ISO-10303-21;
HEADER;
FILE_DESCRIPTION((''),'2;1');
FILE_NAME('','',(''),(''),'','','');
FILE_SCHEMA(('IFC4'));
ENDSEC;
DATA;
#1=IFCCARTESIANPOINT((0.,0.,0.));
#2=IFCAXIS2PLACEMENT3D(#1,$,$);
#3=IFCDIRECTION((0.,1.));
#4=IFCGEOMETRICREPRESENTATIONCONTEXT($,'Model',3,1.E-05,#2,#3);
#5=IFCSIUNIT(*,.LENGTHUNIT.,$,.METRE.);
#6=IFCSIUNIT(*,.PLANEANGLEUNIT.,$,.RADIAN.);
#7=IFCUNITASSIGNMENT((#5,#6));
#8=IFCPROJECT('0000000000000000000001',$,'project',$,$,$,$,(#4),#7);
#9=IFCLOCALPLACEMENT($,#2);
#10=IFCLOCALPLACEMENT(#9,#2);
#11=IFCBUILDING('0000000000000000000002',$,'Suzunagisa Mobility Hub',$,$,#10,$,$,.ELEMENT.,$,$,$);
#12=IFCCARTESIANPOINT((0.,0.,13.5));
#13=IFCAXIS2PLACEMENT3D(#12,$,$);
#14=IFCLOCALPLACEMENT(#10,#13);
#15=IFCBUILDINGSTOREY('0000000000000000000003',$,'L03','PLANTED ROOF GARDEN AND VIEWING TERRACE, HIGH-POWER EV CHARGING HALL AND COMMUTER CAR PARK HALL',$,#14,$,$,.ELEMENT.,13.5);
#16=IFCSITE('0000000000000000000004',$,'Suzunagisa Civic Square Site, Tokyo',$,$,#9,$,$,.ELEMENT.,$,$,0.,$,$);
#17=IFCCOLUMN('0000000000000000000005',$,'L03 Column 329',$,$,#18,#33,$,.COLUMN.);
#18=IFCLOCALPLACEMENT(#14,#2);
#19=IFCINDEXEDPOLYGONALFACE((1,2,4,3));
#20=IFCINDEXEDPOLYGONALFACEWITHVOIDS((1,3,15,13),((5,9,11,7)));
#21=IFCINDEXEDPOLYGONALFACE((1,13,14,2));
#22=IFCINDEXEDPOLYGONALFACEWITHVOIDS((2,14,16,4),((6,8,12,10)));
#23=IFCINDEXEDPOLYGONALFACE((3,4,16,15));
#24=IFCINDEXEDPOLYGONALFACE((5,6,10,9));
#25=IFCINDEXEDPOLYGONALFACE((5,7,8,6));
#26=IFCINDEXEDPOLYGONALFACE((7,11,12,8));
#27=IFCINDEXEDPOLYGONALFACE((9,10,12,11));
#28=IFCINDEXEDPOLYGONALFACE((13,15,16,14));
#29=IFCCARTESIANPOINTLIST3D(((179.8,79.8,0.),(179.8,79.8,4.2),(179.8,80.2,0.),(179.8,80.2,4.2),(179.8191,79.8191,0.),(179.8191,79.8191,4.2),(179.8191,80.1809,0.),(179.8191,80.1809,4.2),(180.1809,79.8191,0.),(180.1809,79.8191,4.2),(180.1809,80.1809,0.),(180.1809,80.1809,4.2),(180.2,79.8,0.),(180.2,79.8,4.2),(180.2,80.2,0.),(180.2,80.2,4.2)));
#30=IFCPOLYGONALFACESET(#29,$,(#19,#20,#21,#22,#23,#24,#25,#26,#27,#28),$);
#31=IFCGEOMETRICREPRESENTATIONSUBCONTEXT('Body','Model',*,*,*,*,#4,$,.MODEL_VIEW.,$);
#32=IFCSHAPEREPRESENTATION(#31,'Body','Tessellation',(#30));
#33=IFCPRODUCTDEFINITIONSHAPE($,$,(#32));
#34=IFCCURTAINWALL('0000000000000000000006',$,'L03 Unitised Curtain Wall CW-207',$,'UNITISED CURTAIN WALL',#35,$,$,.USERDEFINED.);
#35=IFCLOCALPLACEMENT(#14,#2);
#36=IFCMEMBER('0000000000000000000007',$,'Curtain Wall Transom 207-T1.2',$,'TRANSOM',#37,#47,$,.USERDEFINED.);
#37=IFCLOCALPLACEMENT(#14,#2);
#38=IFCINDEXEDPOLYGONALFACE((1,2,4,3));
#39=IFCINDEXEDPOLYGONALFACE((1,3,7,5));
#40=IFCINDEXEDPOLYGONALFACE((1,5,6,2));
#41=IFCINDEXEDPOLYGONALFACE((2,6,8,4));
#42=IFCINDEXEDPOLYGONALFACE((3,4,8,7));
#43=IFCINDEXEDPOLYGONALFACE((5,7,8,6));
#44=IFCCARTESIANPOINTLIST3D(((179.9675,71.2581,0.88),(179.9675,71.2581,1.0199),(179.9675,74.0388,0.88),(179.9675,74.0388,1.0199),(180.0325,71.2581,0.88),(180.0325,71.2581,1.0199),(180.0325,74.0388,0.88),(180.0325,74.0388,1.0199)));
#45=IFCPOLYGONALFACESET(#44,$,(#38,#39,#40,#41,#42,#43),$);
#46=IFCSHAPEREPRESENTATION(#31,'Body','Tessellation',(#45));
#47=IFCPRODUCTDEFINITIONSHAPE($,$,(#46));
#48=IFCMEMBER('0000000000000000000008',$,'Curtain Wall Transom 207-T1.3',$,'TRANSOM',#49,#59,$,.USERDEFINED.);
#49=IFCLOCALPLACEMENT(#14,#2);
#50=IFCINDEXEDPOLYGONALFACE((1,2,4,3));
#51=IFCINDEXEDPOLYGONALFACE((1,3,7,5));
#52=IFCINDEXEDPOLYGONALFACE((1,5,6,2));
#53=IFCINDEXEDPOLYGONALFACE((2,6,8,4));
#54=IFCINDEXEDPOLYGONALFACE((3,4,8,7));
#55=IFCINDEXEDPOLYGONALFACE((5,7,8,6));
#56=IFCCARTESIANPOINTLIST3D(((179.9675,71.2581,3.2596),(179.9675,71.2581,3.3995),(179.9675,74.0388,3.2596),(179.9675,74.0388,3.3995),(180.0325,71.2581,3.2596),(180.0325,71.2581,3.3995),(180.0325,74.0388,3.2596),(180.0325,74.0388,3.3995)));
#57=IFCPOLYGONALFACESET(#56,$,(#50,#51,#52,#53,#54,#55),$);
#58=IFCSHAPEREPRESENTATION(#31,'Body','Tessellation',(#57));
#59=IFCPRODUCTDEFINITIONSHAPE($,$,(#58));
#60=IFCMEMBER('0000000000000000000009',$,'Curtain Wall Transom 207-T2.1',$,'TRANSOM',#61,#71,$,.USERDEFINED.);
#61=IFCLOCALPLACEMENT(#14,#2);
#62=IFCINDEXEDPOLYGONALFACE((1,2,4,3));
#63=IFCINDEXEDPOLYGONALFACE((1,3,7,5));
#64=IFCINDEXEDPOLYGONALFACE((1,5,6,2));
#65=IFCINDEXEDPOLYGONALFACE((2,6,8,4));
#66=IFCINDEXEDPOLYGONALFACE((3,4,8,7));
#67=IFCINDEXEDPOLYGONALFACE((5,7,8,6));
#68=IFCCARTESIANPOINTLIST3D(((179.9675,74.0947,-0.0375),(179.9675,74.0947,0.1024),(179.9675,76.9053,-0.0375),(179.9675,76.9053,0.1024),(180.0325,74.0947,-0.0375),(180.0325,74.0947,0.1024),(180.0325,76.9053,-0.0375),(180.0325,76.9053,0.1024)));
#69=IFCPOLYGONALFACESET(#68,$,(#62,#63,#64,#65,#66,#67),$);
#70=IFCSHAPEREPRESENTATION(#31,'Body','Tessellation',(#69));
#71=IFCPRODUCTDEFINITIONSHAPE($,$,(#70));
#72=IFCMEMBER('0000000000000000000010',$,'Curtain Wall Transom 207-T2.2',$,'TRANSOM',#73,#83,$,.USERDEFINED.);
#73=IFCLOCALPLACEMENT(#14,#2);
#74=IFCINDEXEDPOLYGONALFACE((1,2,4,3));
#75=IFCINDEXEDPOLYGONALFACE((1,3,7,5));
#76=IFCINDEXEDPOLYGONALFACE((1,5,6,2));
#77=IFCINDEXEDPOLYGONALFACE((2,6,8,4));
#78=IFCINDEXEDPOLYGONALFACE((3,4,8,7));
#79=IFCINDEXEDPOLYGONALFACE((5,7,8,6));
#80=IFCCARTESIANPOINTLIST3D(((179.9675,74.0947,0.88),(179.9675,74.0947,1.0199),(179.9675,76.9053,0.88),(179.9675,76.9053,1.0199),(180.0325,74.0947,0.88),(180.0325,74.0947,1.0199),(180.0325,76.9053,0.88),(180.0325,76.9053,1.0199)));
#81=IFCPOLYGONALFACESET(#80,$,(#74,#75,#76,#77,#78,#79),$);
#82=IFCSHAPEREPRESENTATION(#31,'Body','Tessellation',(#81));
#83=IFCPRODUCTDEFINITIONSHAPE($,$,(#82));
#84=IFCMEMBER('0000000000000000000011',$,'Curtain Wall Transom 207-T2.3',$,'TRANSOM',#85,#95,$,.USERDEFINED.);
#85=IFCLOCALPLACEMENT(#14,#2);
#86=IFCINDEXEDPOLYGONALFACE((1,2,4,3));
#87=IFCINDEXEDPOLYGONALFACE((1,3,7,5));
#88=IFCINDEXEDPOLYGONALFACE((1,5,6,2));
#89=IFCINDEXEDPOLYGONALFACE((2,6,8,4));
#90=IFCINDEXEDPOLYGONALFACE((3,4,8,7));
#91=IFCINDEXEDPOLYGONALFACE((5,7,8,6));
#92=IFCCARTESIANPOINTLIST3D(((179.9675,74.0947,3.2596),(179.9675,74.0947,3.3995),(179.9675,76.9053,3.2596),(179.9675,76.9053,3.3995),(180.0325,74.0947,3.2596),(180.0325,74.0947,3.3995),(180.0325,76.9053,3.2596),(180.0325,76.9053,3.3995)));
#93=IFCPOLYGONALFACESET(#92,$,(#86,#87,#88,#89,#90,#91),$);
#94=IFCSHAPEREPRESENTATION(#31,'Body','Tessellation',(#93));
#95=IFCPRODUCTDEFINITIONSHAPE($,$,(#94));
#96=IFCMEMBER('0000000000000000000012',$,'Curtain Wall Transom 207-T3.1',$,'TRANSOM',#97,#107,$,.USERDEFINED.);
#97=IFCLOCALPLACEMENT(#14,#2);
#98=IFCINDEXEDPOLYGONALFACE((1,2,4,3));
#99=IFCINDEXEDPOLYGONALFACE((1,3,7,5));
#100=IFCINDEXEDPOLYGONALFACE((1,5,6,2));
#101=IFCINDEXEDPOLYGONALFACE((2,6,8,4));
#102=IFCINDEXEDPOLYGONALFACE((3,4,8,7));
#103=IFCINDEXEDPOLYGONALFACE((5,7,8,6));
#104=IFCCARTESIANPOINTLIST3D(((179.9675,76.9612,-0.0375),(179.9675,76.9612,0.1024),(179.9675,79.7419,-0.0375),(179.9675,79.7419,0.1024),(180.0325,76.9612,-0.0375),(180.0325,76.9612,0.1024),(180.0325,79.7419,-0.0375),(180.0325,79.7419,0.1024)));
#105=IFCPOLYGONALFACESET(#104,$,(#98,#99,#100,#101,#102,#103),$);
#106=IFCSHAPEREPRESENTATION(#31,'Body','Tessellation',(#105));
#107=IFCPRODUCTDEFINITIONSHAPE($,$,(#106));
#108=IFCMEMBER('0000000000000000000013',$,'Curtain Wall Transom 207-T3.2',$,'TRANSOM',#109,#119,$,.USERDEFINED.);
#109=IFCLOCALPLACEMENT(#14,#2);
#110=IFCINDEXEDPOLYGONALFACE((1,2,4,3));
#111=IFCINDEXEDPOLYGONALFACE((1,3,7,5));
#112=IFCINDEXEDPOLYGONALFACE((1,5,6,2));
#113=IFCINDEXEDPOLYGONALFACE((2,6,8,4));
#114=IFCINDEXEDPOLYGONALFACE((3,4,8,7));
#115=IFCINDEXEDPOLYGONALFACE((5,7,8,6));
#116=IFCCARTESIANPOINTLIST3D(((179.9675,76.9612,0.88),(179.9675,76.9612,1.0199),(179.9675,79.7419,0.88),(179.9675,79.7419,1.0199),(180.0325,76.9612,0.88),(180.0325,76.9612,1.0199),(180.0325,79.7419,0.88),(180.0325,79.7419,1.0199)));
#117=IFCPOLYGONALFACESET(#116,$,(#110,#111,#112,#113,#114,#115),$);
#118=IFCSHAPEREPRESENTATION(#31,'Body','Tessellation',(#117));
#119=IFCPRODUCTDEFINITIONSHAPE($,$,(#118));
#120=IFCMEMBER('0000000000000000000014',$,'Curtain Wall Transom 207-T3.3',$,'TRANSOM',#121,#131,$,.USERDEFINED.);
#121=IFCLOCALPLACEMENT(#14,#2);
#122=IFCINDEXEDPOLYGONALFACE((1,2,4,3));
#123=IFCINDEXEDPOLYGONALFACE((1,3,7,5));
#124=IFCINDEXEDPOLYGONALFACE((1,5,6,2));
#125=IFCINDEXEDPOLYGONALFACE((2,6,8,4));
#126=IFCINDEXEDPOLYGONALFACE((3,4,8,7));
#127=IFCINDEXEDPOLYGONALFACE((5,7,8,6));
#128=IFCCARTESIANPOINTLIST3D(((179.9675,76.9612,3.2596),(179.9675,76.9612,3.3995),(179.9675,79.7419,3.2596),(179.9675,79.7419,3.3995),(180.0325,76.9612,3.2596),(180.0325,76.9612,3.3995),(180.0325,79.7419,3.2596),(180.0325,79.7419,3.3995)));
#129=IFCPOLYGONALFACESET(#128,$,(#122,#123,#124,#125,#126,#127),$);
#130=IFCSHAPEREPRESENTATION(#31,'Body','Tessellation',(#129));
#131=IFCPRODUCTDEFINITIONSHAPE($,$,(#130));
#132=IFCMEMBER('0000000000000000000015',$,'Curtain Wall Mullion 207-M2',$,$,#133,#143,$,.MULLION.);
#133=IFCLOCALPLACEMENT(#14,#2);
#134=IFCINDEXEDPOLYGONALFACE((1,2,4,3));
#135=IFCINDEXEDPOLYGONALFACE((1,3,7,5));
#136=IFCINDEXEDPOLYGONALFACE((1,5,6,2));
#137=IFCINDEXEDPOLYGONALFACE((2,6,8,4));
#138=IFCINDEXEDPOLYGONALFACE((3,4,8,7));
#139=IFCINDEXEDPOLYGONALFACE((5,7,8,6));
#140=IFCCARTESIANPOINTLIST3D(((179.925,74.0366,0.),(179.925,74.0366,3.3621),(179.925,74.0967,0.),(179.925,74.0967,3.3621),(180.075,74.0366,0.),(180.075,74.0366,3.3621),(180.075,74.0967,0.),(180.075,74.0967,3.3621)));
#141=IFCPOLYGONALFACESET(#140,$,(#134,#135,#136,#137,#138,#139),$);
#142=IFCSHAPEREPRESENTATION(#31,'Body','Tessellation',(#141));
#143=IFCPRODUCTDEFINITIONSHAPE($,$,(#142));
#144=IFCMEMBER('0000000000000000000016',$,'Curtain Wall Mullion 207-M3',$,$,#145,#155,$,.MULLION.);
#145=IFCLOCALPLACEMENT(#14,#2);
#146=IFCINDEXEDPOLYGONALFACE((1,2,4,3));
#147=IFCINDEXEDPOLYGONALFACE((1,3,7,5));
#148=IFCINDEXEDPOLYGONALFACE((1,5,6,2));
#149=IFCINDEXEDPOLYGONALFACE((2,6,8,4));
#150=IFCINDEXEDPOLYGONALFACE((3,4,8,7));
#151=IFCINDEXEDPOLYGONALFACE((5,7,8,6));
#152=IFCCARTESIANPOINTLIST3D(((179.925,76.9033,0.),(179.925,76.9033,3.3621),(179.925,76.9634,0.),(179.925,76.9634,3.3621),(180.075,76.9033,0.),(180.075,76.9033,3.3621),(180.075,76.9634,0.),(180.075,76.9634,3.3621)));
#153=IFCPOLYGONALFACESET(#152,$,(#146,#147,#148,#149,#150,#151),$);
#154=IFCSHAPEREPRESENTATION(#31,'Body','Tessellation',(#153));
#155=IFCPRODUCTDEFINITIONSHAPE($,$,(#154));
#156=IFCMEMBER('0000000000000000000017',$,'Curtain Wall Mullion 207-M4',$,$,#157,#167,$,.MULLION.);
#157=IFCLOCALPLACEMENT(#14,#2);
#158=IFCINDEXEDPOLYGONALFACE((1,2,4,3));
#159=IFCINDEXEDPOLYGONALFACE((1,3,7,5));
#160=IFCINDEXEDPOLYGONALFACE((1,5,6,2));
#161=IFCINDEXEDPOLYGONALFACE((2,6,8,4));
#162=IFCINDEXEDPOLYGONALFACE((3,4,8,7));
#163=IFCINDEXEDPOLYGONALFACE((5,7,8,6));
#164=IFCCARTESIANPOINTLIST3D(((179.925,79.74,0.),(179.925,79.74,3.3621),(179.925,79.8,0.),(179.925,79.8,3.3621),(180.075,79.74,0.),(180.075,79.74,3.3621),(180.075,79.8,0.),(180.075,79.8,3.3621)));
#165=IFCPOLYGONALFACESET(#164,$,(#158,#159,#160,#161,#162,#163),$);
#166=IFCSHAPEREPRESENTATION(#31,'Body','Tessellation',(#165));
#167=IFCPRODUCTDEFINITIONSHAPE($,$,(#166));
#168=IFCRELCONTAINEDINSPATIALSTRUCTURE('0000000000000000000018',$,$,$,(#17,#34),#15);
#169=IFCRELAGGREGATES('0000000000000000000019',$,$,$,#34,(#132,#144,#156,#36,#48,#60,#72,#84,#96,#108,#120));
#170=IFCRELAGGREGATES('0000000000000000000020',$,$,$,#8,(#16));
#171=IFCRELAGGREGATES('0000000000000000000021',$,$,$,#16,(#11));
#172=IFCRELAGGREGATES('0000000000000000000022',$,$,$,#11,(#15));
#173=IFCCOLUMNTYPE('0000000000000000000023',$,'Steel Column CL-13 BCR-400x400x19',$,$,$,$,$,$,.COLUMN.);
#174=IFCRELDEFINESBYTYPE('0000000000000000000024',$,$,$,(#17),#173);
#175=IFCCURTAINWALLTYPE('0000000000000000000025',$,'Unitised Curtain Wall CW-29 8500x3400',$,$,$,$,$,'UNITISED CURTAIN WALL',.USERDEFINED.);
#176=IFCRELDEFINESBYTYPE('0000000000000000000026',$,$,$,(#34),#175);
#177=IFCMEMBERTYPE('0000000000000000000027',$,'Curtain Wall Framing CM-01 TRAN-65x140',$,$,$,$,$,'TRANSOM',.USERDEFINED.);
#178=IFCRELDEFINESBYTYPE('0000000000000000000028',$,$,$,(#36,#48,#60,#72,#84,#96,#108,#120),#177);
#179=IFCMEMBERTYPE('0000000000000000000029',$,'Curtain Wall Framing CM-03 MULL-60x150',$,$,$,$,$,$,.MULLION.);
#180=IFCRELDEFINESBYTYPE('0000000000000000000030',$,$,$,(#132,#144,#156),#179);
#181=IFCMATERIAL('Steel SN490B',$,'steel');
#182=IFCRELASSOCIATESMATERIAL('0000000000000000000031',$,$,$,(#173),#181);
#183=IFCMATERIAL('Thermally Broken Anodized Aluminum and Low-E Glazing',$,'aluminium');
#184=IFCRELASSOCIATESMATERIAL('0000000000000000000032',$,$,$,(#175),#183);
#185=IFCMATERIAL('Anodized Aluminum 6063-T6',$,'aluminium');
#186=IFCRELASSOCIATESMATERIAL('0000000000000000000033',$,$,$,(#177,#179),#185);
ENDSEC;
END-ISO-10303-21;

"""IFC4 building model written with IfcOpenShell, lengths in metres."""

from ifc_helpers import new_model, si_unit, direction, frame, origin, origin_2d, place, context, subcontext, project, spatial, rectangle, hollow_rectangle, extrude, material, material_profile, profile_set, type_object, element, aggregate, save


model = new_model("IFC4")

# Units and contexts
model_context = context("Model", 3, precision=1e-05, world=origin(), true_north=direction((0.0, 1.0)))
body_context = subcontext(model_context, "Body", "Model", "MODEL_VIEW")
ifc_project = project(units=[si_unit("LENGTHUNIT", "METRE"), si_unit("PLANEANGLEUNIT", "RADIAN")], contexts=[model_context])

# Site, building, storey
site_placement = place(None, origin())
site = spatial("IfcSite", under=ifc_project, at=site_placement, Name="Suzunagisa Civic Square Site, Tokyo", CompositionType="ELEMENT", RefElevation=0.0)
building_placement = place(site_placement, origin())
building = spatial("IfcBuilding", under=site, at=building_placement, Name="Suzunagisa Mobility Hub", CompositionType="ELEMENT")
storey_placement = place(building_placement, frame((0.0, 0.0, 13.5)))
storey = spatial("IfcBuildingStorey", under=building, at=storey_placement, Name="L03", Description="PLANTED ROOF GARDEN AND VIEWING TERRACE, HIGH-POWER EV CHARGING HALL AND COMMUTER CAR PARK HALL", CompositionType="ELEMENT", Elevation=13.5)

# Column
ifc_material_1 = material(Name="Steel SN490B", Category="steel")
ifc_material_profile_1 = material_profile(ifc_material_1, hollow_rectangle(XDim=0.3999, YDim=0.3999, WallThickness=0.019, at=origin_2d()), Name="BCR-400x400x19")
ifc_profile_set_1 = profile_set([ifc_material_profile_1], Name="Steel SN490B")
column_type = type_object("IfcColumnType", Name="Steel Column CL-13 BCR-400x400x19", PredefinedType="COLUMN", material=ifc_profile_set_1)
column_placement = place(storey_placement, frame((180.0, 80.0, 0.0), z_axis=(0.0, 0.0, 1.0), x_axis=(1.0, 0.0, 0.0)))
element("IfcColumn", 1, at=column_placement, inside=storey, type_object=column_type, Name="L03 Column 329", PredefinedType="COLUMN", context=body_context, shape_type="SweptSolid", body=[
    extrude(hollow_rectangle(XDim=0.3999, YDim=0.3999, WallThickness=0.019, at=origin_2d()), origin(), (0.0, 0.0, 1.0), 4.2),
])

# Curtain wall, members
ifc_material_2 = material(Name="Thermally Broken Anodized Aluminum and Low-E Glazing", Category="aluminium")
curtain_wall_type = type_object("IfcCurtainWallType", Name="Unitised Curtain Wall CW-29 8500x3400", ElementType="UNITISED CURTAIN WALL", PredefinedType="USERDEFINED", material=ifc_material_2)
curtain_wall_placement = place(storey_placement, origin())
curtain_wall = element("IfcCurtainWall", 2, at=curtain_wall_placement, inside=storey, type_object=curtain_wall_type, Name="L03 Unitised Curtain Wall CW-207", ObjectType="UNITISED CURTAIN WALL", PredefinedType="USERDEFINED")
ifc_material_3 = material(Name="Anodized Aluminum 6063-T6", Category="aluminium")
ifc_material_profile_2 = material_profile(ifc_material_3, rectangle(XDim=0.0649, YDim=0.1399, at=origin_2d()), Name="TRAN-65x140")
ifc_profile_set_2 = profile_set([ifc_material_profile_2], Name="Anodized Aluminum 6063-T6")
member_type_1 = type_object("IfcMemberType", Name="Curtain Wall Framing CM-01 TRAN-65x140", ElementType="TRANSOM", PredefinedType="USERDEFINED", material=ifc_profile_set_2)
member_1_placement = place(storey_placement, frame((180.0, 71.2581, 0.95), z_axis=(0.0, 1.0, 0.0), x_axis=(-1.0, 0.0, 0.0)))
member_1 = element("IfcMember", 3, at=member_1_placement, type_object=member_type_1, Name="Curtain Wall Transom 207-T1.2", ObjectType="TRANSOM", PredefinedType="USERDEFINED", context=body_context, shape_type="SweptSolid", body=[
    extrude(rectangle(XDim=0.0649, YDim=0.1399, at=origin_2d()), origin(), (0.0, 0.0, 1.0), 2.7808),
])
member_2_placement = place(storey_placement, frame((180.0, 71.2581, 3.3296), z_axis=(0.0, 1.0, 0.0), x_axis=(-1.0, 0.0, 0.0)))
member_2 = element("IfcMember", 4, at=member_2_placement, type_object=member_type_1, Name="Curtain Wall Transom 207-T1.3", ObjectType="TRANSOM", PredefinedType="USERDEFINED", context=body_context, shape_type="SweptSolid", body=[
    extrude(rectangle(XDim=0.0649, YDim=0.1399, at=origin_2d()), origin(), (0.0, 0.0, 1.0), 2.7808),
])
member_3_placement = place(storey_placement, frame((180.0, 74.0947, 0.0325), z_axis=(0.0, 1.0, 0.0), x_axis=(-1.0, 0.0, 0.0)))
member_3 = element("IfcMember", 5, at=member_3_placement, type_object=member_type_1, Name="Curtain Wall Transom 207-T2.1", ObjectType="TRANSOM", PredefinedType="USERDEFINED", context=body_context, shape_type="SweptSolid", body=[
    extrude(rectangle(XDim=0.0649, YDim=0.1399, at=origin_2d()), origin(), (0.0, 0.0, 1.0), 2.8105),
])
member_4_placement = place(storey_placement, frame((180.0, 74.0947, 0.95), z_axis=(0.0, 1.0, 0.0), x_axis=(-1.0, 0.0, 0.0)))
member_4 = element("IfcMember", 6, at=member_4_placement, type_object=member_type_1, Name="Curtain Wall Transom 207-T2.2", ObjectType="TRANSOM", PredefinedType="USERDEFINED", context=body_context, shape_type="SweptSolid", body=[
    extrude(rectangle(XDim=0.0649, YDim=0.1399, at=origin_2d()), origin(), (0.0, 0.0, 1.0), 2.8105),
])
member_5_placement = place(storey_placement, frame((180.0, 74.0947, 3.3296), z_axis=(0.0, 1.0, 0.0), x_axis=(-1.0, 0.0, 0.0)))
member_5 = element("IfcMember", 7, at=member_5_placement, type_object=member_type_1, Name="Curtain Wall Transom 207-T2.3", ObjectType="TRANSOM", PredefinedType="USERDEFINED", context=body_context, shape_type="SweptSolid", body=[
    extrude(rectangle(XDim=0.0649, YDim=0.1399, at=origin_2d()), origin(), (0.0, 0.0, 1.0), 2.8105),
])
member_6_placement = place(storey_placement, frame((180.0, 76.9612, 0.0325), z_axis=(0.0, 1.0, 0.0), x_axis=(-1.0, 0.0, 0.0)))
member_6 = element("IfcMember", 8, at=member_6_placement, type_object=member_type_1, Name="Curtain Wall Transom 207-T3.1", ObjectType="TRANSOM", PredefinedType="USERDEFINED", context=body_context, shape_type="SweptSolid", body=[
    extrude(rectangle(XDim=0.0649, YDim=0.1399, at=origin_2d()), origin(), (0.0, 0.0, 1.0), 2.7808),
])
member_7_placement = place(storey_placement, frame((180.0, 76.9612, 0.95), z_axis=(0.0, 1.0, 0.0), x_axis=(-1.0, 0.0, 0.0)))
member_7 = element("IfcMember", 9, at=member_7_placement, type_object=member_type_1, Name="Curtain Wall Transom 207-T3.2", ObjectType="TRANSOM", PredefinedType="USERDEFINED", context=body_context, shape_type="SweptSolid", body=[
    extrude(rectangle(XDim=0.0649, YDim=0.1399, at=origin_2d()), origin(), (0.0, 0.0, 1.0), 2.7808),
])
member_8_placement = place(storey_placement, frame((180.0, 76.9612, 3.3296), z_axis=(0.0, 1.0, 0.0), x_axis=(-1.0, 0.0, 0.0)))
member_8 = element("IfcMember", 10, at=member_8_placement, type_object=member_type_1, Name="Curtain Wall Transom 207-T3.3", ObjectType="TRANSOM", PredefinedType="USERDEFINED", context=body_context, shape_type="SweptSolid", body=[
    extrude(rectangle(XDim=0.0649, YDim=0.1399, at=origin_2d()), origin(), (0.0, 0.0, 1.0), 2.7808),
])
ifc_material_profile_3 = material_profile(ifc_material_3, rectangle(XDim=0.0601, YDim=0.1499, at=origin_2d()), Name="MULL-60x150")
ifc_profile_set_3 = profile_set([ifc_material_profile_3], Name="Anodized Aluminum 6063-T6")
member_type_2 = type_object("IfcMemberType", Name="Curtain Wall Framing CM-03 MULL-60x150", PredefinedType="MULLION", material=ifc_profile_set_3)
member_9_placement = place(storey_placement, frame((180.0, 74.0667, 0.0), z_axis=(0.0, 0.0, 1.0), x_axis=(0.0, 1.0, 0.0)))
member_9 = element("IfcMember", 11, at=member_9_placement, type_object=member_type_2, Name="Curtain Wall Mullion 207-M2", PredefinedType="MULLION", context=body_context, shape_type="SweptSolid", body=[
    extrude(rectangle(XDim=0.0601, YDim=0.1499, at=origin_2d()), origin(), (0.0, 0.0, 1.0), 3.3621),
])
member_10_placement = place(storey_placement, frame((180.0, 76.9333, 0.0), z_axis=(0.0, 0.0, 1.0), x_axis=(0.0, 1.0, 0.0)))
member_10 = element("IfcMember", 12, at=member_10_placement, type_object=member_type_2, Name="Curtain Wall Mullion 207-M3", PredefinedType="MULLION", context=body_context, shape_type="SweptSolid", body=[
    extrude(rectangle(XDim=0.0601, YDim=0.1499, at=origin_2d()), origin(), (0.0, 0.0, 1.0), 3.3621),
])
member_11_placement = place(storey_placement, frame((180.0, 79.77, 0.0), z_axis=(0.0, 0.0, 1.0), x_axis=(0.0, 1.0, 0.0)))
member_11 = element("IfcMember", 13, at=member_11_placement, type_object=member_type_2, Name="Curtain Wall Mullion 207-M4", PredefinedType="MULLION", context=body_context, shape_type="SweptSolid", body=[
    extrude(rectangle(XDim=0.0601, YDim=0.1499, at=origin_2d()), origin(), (0.0, 0.0, 1.0), 3.3621),
])

aggregate(curtain_wall, [member_9, member_10, member_11, member_1, member_2, member_3, member_4, member_5, member_6, member_7, member_8])

save(model, "model.ifc")
